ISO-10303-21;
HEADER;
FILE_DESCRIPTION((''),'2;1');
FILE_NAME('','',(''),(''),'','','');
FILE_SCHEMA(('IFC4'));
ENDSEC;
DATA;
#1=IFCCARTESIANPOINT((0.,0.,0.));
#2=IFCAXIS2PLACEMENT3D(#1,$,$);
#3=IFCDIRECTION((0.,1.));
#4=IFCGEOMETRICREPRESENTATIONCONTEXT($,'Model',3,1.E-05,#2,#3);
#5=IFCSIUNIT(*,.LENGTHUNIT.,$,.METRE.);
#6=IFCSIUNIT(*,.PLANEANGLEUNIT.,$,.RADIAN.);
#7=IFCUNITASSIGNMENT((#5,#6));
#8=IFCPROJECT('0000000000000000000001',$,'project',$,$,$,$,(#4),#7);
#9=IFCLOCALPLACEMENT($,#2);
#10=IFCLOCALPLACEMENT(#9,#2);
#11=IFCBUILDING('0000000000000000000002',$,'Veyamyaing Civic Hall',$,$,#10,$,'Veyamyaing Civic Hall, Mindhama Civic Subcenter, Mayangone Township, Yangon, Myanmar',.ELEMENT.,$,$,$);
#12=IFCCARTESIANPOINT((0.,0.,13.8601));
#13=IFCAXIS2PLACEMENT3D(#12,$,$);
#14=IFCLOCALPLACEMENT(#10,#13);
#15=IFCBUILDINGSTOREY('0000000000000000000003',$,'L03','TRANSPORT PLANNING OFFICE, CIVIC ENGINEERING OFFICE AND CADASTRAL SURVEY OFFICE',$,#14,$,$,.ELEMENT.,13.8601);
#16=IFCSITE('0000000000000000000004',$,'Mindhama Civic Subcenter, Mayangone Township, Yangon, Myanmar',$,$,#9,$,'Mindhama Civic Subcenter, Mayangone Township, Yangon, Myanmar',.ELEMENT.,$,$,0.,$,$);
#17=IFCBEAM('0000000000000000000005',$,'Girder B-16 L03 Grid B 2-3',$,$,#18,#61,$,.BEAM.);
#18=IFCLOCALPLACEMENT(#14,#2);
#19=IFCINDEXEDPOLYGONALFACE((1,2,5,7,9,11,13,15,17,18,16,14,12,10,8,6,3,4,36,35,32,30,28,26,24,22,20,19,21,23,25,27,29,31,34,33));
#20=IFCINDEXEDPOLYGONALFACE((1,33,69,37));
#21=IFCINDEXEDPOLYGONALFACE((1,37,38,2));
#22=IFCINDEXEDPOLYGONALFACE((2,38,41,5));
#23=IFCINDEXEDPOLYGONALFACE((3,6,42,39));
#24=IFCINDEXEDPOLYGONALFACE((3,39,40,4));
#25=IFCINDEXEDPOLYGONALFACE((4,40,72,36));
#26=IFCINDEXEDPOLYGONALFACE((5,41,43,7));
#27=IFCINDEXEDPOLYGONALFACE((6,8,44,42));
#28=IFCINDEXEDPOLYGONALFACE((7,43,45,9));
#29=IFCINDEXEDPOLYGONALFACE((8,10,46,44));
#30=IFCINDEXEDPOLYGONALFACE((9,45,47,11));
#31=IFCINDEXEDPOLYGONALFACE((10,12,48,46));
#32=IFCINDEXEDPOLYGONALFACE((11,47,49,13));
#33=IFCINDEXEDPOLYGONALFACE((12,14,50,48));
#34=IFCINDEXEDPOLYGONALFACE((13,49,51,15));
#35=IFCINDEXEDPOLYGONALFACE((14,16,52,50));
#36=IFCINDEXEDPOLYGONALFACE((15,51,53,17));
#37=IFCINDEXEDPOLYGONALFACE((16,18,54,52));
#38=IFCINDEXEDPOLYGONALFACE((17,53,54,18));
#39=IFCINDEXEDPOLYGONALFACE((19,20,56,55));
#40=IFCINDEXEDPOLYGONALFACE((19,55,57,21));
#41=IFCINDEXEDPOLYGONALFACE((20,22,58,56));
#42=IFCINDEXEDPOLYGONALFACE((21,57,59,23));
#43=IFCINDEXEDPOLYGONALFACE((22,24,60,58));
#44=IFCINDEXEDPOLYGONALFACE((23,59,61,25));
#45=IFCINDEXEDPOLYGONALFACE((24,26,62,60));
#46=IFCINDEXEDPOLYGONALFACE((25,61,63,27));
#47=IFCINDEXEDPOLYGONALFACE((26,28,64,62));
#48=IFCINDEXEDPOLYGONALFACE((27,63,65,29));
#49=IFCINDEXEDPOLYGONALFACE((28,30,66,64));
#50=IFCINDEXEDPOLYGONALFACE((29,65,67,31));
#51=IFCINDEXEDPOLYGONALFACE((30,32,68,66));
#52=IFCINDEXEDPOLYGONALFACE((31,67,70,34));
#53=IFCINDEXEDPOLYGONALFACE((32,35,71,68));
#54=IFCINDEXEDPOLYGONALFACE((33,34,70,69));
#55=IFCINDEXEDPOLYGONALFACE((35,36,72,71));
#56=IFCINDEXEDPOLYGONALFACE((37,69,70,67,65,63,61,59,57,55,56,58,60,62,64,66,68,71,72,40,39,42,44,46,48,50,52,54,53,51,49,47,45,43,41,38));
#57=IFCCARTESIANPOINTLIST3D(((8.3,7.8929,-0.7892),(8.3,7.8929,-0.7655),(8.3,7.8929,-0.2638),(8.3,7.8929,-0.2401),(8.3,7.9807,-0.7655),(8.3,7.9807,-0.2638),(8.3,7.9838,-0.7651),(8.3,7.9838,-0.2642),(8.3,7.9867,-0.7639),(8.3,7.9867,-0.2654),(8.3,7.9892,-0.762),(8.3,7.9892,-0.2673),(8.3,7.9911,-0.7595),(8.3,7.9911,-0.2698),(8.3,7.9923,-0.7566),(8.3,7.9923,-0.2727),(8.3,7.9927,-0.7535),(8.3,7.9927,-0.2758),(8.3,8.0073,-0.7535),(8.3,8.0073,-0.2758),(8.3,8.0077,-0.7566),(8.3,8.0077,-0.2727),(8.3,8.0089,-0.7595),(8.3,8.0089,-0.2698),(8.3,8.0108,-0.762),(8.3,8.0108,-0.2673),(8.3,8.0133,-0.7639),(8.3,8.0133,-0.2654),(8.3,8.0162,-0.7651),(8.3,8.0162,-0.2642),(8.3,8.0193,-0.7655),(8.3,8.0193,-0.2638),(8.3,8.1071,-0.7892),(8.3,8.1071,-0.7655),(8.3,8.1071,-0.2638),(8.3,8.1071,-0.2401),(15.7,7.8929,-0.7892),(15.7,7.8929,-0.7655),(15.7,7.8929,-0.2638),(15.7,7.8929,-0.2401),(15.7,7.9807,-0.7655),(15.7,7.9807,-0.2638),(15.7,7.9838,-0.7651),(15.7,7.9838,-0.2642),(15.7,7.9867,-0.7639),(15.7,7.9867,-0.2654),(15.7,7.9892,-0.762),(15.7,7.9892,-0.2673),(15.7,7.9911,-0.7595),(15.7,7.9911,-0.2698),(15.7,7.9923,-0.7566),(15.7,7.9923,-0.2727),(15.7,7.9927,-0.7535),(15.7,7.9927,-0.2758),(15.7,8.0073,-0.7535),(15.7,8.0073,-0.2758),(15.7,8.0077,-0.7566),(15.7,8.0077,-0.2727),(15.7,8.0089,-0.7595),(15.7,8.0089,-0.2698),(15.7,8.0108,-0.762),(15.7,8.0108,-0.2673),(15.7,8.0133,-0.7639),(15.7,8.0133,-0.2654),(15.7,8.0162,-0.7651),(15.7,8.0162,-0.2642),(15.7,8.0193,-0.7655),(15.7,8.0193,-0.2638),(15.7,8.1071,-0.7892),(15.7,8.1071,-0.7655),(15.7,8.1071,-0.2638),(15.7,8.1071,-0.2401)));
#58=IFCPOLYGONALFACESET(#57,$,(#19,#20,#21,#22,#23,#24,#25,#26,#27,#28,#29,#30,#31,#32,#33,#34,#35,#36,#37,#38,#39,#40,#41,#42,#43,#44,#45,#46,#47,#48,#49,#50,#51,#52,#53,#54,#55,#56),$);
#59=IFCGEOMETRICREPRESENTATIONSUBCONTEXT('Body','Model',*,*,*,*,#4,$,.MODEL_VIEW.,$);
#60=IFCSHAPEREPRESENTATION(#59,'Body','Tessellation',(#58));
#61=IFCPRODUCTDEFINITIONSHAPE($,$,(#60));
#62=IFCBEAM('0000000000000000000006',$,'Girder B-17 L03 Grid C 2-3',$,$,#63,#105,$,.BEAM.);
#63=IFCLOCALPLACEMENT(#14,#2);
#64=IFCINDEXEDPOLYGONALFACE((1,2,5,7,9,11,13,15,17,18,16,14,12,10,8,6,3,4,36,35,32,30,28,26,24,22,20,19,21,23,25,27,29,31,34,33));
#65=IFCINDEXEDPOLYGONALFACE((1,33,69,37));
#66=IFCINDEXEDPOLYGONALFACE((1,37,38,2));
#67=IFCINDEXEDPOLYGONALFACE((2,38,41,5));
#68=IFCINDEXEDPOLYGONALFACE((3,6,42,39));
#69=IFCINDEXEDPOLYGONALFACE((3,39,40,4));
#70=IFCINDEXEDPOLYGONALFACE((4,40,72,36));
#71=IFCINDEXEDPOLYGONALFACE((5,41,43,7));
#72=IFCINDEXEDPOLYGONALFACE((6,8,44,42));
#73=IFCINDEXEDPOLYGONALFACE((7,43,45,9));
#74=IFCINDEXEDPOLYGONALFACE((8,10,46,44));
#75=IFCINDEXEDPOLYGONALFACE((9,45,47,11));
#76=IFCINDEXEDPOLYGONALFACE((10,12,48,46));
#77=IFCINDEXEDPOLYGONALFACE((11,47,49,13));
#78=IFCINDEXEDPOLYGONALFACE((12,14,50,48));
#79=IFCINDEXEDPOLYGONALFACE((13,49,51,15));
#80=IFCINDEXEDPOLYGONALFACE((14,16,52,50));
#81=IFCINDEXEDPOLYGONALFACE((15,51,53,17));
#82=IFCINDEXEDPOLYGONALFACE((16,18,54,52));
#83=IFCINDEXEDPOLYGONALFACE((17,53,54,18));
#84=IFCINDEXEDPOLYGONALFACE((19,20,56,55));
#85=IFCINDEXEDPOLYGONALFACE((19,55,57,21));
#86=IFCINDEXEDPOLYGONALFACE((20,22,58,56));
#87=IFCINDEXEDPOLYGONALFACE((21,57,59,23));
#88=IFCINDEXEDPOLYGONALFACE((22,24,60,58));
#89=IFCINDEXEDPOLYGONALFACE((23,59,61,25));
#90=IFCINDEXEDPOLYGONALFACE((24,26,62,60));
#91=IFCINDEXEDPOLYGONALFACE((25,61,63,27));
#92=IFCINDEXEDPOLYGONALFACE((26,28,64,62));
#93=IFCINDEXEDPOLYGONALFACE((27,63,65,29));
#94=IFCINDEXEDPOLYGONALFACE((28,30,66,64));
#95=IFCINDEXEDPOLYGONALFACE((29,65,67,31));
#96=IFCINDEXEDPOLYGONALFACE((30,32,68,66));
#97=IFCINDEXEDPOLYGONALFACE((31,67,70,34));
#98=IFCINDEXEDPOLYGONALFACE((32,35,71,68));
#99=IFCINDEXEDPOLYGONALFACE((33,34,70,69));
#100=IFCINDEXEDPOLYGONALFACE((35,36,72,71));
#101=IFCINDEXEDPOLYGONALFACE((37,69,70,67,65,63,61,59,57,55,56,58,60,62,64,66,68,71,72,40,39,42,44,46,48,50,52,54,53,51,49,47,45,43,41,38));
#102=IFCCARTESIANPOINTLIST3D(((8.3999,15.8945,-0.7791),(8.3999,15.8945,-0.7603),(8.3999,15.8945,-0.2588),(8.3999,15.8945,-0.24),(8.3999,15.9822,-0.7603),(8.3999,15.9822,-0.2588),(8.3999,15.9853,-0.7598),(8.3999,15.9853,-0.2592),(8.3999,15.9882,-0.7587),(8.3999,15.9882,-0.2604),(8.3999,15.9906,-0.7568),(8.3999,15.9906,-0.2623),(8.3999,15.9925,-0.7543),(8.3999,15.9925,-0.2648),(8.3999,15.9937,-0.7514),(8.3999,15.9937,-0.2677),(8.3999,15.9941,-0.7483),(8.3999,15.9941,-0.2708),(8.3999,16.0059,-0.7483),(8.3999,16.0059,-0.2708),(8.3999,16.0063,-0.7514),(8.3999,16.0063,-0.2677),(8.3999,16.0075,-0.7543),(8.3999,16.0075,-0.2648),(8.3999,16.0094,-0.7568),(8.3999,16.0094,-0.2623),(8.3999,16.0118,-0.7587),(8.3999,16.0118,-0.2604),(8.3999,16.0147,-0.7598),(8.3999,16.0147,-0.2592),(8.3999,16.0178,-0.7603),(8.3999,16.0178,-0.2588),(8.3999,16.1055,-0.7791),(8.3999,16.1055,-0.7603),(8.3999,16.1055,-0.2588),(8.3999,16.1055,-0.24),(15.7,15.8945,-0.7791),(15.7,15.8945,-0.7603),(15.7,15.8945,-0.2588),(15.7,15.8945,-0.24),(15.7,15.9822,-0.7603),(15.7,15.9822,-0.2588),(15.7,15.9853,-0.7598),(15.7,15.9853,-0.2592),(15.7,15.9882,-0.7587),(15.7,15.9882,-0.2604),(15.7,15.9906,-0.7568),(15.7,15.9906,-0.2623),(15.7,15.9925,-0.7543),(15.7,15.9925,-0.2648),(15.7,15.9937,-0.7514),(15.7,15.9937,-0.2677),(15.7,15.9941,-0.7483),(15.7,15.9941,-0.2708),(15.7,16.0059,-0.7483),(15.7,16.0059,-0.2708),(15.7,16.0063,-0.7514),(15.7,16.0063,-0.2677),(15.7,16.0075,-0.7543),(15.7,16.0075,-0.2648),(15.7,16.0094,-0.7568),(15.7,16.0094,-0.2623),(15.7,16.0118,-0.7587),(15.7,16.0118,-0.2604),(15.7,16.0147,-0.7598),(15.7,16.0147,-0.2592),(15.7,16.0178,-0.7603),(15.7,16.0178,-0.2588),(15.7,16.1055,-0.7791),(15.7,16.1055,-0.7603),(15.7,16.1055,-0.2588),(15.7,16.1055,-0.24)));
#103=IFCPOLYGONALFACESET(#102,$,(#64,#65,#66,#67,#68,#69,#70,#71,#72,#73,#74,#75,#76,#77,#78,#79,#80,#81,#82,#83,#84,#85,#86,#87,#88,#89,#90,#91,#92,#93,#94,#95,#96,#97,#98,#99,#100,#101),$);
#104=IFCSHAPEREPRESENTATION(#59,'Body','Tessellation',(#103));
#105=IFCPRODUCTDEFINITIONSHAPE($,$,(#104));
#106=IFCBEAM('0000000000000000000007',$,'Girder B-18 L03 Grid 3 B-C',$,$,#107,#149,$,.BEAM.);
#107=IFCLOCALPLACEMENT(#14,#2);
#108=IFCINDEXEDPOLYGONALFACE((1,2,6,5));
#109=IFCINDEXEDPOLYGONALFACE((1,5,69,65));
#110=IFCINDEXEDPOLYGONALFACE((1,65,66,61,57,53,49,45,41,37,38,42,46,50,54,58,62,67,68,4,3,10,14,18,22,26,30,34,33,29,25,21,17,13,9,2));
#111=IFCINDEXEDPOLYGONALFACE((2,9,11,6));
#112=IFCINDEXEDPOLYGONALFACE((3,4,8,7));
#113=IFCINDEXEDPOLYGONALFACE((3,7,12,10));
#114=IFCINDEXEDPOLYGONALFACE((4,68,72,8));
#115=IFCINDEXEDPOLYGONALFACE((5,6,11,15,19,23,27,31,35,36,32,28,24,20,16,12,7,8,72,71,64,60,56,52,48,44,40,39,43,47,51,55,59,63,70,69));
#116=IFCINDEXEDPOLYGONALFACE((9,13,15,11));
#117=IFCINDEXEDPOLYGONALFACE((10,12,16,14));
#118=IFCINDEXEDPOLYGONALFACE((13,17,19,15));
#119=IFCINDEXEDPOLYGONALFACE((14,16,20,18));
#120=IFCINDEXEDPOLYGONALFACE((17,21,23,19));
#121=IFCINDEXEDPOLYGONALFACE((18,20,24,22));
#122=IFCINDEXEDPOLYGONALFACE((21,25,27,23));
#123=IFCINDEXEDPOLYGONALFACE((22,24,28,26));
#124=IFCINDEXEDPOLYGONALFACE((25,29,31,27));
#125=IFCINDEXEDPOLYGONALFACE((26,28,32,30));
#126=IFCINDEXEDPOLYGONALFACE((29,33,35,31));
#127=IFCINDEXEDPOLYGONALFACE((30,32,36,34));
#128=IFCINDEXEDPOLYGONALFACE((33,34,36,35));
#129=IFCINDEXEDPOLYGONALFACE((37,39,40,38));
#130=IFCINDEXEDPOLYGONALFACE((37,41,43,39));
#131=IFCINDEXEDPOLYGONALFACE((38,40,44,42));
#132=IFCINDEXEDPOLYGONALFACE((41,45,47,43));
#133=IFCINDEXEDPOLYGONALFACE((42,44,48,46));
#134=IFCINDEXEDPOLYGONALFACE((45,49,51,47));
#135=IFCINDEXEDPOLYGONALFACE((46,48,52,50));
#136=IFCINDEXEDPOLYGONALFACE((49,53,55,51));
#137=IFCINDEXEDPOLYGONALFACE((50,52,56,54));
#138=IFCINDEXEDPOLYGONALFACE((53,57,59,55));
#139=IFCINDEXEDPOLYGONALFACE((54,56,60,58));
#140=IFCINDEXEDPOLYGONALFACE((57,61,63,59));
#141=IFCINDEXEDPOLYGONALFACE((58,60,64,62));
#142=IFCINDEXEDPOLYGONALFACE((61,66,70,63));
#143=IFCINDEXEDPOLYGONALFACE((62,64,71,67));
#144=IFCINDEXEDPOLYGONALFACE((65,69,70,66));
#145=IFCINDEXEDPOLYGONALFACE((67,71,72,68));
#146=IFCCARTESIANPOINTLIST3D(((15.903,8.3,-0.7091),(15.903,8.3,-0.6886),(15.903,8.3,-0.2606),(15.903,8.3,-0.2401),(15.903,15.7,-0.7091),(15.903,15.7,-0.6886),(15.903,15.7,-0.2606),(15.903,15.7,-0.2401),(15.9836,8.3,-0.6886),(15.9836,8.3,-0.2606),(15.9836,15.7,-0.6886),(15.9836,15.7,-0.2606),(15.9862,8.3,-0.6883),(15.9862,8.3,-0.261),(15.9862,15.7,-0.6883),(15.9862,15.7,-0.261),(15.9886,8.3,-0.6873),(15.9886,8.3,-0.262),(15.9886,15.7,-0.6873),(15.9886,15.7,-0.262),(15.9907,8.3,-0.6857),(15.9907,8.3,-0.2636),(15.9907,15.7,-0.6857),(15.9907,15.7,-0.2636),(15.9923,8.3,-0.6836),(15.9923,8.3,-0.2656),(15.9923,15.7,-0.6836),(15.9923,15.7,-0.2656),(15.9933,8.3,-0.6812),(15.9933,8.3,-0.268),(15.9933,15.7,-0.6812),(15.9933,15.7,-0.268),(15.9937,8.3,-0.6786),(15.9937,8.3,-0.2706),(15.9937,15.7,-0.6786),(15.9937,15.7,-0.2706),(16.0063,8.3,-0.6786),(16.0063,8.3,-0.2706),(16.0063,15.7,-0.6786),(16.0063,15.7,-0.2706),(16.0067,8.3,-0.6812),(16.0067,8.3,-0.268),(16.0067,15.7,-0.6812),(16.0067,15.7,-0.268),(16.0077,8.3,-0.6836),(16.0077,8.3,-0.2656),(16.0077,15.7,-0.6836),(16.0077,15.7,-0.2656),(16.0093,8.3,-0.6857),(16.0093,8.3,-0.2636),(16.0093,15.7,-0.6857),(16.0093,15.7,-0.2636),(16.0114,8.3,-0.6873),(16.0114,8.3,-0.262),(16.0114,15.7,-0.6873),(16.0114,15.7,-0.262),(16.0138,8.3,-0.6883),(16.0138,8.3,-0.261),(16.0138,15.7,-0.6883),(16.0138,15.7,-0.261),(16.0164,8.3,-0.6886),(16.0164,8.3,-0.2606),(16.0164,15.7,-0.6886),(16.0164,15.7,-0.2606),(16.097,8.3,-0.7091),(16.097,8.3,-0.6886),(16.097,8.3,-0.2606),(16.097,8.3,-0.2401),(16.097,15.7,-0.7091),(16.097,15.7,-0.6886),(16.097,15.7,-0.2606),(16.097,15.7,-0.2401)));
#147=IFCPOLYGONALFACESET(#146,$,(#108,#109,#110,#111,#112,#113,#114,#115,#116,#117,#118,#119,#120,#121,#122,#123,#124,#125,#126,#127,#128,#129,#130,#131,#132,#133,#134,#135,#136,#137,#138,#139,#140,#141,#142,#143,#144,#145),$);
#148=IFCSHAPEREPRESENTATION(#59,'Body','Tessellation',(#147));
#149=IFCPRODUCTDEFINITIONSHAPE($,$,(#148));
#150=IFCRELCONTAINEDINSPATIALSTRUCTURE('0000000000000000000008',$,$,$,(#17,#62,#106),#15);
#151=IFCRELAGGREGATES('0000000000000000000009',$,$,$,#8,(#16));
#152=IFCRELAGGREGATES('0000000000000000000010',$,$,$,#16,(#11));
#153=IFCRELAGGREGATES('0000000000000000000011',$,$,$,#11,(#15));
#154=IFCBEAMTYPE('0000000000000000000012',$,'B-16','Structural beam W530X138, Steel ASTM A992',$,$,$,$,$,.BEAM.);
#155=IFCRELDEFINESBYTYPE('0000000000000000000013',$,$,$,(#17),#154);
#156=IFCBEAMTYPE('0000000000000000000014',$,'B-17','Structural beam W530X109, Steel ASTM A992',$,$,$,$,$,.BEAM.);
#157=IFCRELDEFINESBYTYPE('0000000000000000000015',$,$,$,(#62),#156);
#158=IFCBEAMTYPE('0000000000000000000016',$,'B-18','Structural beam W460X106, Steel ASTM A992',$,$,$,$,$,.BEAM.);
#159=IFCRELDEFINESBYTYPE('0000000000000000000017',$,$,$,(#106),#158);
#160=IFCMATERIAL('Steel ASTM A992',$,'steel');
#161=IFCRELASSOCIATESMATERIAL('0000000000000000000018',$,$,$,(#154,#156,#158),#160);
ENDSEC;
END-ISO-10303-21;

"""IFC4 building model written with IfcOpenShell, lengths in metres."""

from ifc_helpers import new_model, si_unit, direction, frame, origin, origin_2d, place, context, subcontext, project, spatial, i_section, extrude, material, material_profile, profile_set, type_object, element, save


model = new_model("IFC4")

# Units and contexts
model_context = context("Model", 3, precision=1e-05, world=origin(), true_north=direction((0.0, 1.0)))
body_context = subcontext(model_context, "Body", "Model", "MODEL_VIEW")
ifc_project = project(units=[si_unit("LENGTHUNIT", "METRE"), si_unit("PLANEANGLEUNIT", "RADIAN")], contexts=[model_context])

# Site, building, storey
site_placement = place(None, origin())
site = spatial("IfcSite", under=ifc_project, at=site_placement, Name="Mindhama Civic Subcenter, Mayangone Township, Yangon, Myanmar", LongName="Mindhama Civic Subcenter, Mayangone Township, Yangon, Myanmar", CompositionType="ELEMENT", RefElevation=0.0)
building_placement = place(site_placement, origin())
building = spatial("IfcBuilding", under=site, at=building_placement, Name="Veyamyaing Civic Hall", LongName="Veyamyaing Civic Hall, Mindhama Civic Subcenter, Mayangone Township, Yangon, Myanmar", CompositionType="ELEMENT")
storey_placement = place(building_placement, frame((0.0, 0.0, 13.8601)))
storey = spatial("IfcBuildingStorey", under=building, at=storey_placement, Name="L03", Description="TRANSPORT PLANNING OFFICE, CIVIC ENGINEERING OFFICE AND CADASTRAL SURVEY OFFICE", CompositionType="ELEMENT", Elevation=13.8601)

# Beams
ifc_material_1 = material(Name="Steel ASTM A992", Category="steel")
ifc_material_profile_1 = material_profile(ifc_material_1, i_section(OverallWidth=0.2141, OverallDepth=0.5491, WebThickness=0.0146, FlangeThickness=0.0237, FilletRadius=0.012, at=origin_2d()), Name="W530X138")
ifc_profile_set_1 = profile_set([ifc_material_profile_1], Name="Steel ASTM A992")
beam_type_1 = type_object("IfcBeamType", Name="B-16", Description="Structural beam W530X138, Steel ASTM A992", PredefinedType="BEAM", material=ifc_profile_set_1)
beam_1_placement = place(storey_placement, frame((8.3, 8.0, -0.5146), z_axis=(1.0, 0.0, 0.0), x_axis=(0.0, 1.0, 0.0)))
element("IfcBeam", 1, at=beam_1_placement, inside=storey, type_object=beam_type_1, Name="Girder B-16 L03 Grid B 2-3", PredefinedType="BEAM", context=body_context, shape_type="SweptSolid", body=[
    extrude(i_section(OverallWidth=0.2141, OverallDepth=0.5491, WebThickness=0.0146, FlangeThickness=0.0237, FilletRadius=0.012, at=origin_2d()), origin(), (0.0, 0.0, 1.0), 7.3999),
])
ifc_material_profile_2 = material_profile(ifc_material_1, i_section(OverallWidth=0.2109, OverallDepth=0.5391, WebThickness=0.0117, FlangeThickness=0.0188, FilletRadius=0.012, at=origin_2d()), Name="W530X109")
ifc_profile_set_2 = profile_set([ifc_material_profile_2], Name="Steel ASTM A992")
beam_type_2 = type_object("IfcBeamType", Name="B-17", Description="Structural beam W530X109, Steel ASTM A992", PredefinedType="BEAM", material=ifc_profile_set_2)
beam_2_placement = place(storey_placement, frame((8.3999, 16.0, -0.5095), z_axis=(1.0, 0.0, 0.0), x_axis=(0.0, 1.0, 0.0)))
element("IfcBeam", 2, at=beam_2_placement, inside=storey, type_object=beam_type_2, Name="Girder B-17 L03 Grid C 2-3", PredefinedType="BEAM", context=body_context, shape_type="SweptSolid", body=[
    extrude(i_section(OverallWidth=0.2109, OverallDepth=0.5391, WebThickness=0.0117, FlangeThickness=0.0188, FilletRadius=0.012, at=origin_2d()), origin(), (0.0, 0.0, 1.0), 7.3),
])
ifc_material_profile_3 = material_profile(ifc_material_1, i_section(OverallWidth=0.1941, OverallDepth=0.469, WebThickness=0.0127, FlangeThickness=0.0205, FilletRadius=0.01, at=origin_2d()), Name="W460X106")
ifc_profile_set_3 = profile_set([ifc_material_profile_3], Name="Steel ASTM A992")
beam_type_3 = type_object("IfcBeamType", Name="B-18", Description="Structural beam W460X106, Steel ASTM A992", PredefinedType="BEAM", material=ifc_profile_set_3)
beam_3_placement = place(storey_placement, frame((16.0, 8.3, -0.4746), z_axis=(0.0, 1.0, 0.0), x_axis=(-1.0, 0.0, 0.0)))
element("IfcBeam", 3, at=beam_3_placement, inside=storey, type_object=beam_type_3, Name="Girder B-18 L03 Grid 3 B-C", PredefinedType="BEAM", context=body_context, shape_type="SweptSolid", body=[
    extrude(i_section(OverallWidth=0.1941, OverallDepth=0.469, WebThickness=0.0127, FlangeThickness=0.0205, FilletRadius=0.01, at=origin_2d()), origin(), (0.0, 0.0, 1.0), 7.3999),
])

save(model, "model.ifc")
